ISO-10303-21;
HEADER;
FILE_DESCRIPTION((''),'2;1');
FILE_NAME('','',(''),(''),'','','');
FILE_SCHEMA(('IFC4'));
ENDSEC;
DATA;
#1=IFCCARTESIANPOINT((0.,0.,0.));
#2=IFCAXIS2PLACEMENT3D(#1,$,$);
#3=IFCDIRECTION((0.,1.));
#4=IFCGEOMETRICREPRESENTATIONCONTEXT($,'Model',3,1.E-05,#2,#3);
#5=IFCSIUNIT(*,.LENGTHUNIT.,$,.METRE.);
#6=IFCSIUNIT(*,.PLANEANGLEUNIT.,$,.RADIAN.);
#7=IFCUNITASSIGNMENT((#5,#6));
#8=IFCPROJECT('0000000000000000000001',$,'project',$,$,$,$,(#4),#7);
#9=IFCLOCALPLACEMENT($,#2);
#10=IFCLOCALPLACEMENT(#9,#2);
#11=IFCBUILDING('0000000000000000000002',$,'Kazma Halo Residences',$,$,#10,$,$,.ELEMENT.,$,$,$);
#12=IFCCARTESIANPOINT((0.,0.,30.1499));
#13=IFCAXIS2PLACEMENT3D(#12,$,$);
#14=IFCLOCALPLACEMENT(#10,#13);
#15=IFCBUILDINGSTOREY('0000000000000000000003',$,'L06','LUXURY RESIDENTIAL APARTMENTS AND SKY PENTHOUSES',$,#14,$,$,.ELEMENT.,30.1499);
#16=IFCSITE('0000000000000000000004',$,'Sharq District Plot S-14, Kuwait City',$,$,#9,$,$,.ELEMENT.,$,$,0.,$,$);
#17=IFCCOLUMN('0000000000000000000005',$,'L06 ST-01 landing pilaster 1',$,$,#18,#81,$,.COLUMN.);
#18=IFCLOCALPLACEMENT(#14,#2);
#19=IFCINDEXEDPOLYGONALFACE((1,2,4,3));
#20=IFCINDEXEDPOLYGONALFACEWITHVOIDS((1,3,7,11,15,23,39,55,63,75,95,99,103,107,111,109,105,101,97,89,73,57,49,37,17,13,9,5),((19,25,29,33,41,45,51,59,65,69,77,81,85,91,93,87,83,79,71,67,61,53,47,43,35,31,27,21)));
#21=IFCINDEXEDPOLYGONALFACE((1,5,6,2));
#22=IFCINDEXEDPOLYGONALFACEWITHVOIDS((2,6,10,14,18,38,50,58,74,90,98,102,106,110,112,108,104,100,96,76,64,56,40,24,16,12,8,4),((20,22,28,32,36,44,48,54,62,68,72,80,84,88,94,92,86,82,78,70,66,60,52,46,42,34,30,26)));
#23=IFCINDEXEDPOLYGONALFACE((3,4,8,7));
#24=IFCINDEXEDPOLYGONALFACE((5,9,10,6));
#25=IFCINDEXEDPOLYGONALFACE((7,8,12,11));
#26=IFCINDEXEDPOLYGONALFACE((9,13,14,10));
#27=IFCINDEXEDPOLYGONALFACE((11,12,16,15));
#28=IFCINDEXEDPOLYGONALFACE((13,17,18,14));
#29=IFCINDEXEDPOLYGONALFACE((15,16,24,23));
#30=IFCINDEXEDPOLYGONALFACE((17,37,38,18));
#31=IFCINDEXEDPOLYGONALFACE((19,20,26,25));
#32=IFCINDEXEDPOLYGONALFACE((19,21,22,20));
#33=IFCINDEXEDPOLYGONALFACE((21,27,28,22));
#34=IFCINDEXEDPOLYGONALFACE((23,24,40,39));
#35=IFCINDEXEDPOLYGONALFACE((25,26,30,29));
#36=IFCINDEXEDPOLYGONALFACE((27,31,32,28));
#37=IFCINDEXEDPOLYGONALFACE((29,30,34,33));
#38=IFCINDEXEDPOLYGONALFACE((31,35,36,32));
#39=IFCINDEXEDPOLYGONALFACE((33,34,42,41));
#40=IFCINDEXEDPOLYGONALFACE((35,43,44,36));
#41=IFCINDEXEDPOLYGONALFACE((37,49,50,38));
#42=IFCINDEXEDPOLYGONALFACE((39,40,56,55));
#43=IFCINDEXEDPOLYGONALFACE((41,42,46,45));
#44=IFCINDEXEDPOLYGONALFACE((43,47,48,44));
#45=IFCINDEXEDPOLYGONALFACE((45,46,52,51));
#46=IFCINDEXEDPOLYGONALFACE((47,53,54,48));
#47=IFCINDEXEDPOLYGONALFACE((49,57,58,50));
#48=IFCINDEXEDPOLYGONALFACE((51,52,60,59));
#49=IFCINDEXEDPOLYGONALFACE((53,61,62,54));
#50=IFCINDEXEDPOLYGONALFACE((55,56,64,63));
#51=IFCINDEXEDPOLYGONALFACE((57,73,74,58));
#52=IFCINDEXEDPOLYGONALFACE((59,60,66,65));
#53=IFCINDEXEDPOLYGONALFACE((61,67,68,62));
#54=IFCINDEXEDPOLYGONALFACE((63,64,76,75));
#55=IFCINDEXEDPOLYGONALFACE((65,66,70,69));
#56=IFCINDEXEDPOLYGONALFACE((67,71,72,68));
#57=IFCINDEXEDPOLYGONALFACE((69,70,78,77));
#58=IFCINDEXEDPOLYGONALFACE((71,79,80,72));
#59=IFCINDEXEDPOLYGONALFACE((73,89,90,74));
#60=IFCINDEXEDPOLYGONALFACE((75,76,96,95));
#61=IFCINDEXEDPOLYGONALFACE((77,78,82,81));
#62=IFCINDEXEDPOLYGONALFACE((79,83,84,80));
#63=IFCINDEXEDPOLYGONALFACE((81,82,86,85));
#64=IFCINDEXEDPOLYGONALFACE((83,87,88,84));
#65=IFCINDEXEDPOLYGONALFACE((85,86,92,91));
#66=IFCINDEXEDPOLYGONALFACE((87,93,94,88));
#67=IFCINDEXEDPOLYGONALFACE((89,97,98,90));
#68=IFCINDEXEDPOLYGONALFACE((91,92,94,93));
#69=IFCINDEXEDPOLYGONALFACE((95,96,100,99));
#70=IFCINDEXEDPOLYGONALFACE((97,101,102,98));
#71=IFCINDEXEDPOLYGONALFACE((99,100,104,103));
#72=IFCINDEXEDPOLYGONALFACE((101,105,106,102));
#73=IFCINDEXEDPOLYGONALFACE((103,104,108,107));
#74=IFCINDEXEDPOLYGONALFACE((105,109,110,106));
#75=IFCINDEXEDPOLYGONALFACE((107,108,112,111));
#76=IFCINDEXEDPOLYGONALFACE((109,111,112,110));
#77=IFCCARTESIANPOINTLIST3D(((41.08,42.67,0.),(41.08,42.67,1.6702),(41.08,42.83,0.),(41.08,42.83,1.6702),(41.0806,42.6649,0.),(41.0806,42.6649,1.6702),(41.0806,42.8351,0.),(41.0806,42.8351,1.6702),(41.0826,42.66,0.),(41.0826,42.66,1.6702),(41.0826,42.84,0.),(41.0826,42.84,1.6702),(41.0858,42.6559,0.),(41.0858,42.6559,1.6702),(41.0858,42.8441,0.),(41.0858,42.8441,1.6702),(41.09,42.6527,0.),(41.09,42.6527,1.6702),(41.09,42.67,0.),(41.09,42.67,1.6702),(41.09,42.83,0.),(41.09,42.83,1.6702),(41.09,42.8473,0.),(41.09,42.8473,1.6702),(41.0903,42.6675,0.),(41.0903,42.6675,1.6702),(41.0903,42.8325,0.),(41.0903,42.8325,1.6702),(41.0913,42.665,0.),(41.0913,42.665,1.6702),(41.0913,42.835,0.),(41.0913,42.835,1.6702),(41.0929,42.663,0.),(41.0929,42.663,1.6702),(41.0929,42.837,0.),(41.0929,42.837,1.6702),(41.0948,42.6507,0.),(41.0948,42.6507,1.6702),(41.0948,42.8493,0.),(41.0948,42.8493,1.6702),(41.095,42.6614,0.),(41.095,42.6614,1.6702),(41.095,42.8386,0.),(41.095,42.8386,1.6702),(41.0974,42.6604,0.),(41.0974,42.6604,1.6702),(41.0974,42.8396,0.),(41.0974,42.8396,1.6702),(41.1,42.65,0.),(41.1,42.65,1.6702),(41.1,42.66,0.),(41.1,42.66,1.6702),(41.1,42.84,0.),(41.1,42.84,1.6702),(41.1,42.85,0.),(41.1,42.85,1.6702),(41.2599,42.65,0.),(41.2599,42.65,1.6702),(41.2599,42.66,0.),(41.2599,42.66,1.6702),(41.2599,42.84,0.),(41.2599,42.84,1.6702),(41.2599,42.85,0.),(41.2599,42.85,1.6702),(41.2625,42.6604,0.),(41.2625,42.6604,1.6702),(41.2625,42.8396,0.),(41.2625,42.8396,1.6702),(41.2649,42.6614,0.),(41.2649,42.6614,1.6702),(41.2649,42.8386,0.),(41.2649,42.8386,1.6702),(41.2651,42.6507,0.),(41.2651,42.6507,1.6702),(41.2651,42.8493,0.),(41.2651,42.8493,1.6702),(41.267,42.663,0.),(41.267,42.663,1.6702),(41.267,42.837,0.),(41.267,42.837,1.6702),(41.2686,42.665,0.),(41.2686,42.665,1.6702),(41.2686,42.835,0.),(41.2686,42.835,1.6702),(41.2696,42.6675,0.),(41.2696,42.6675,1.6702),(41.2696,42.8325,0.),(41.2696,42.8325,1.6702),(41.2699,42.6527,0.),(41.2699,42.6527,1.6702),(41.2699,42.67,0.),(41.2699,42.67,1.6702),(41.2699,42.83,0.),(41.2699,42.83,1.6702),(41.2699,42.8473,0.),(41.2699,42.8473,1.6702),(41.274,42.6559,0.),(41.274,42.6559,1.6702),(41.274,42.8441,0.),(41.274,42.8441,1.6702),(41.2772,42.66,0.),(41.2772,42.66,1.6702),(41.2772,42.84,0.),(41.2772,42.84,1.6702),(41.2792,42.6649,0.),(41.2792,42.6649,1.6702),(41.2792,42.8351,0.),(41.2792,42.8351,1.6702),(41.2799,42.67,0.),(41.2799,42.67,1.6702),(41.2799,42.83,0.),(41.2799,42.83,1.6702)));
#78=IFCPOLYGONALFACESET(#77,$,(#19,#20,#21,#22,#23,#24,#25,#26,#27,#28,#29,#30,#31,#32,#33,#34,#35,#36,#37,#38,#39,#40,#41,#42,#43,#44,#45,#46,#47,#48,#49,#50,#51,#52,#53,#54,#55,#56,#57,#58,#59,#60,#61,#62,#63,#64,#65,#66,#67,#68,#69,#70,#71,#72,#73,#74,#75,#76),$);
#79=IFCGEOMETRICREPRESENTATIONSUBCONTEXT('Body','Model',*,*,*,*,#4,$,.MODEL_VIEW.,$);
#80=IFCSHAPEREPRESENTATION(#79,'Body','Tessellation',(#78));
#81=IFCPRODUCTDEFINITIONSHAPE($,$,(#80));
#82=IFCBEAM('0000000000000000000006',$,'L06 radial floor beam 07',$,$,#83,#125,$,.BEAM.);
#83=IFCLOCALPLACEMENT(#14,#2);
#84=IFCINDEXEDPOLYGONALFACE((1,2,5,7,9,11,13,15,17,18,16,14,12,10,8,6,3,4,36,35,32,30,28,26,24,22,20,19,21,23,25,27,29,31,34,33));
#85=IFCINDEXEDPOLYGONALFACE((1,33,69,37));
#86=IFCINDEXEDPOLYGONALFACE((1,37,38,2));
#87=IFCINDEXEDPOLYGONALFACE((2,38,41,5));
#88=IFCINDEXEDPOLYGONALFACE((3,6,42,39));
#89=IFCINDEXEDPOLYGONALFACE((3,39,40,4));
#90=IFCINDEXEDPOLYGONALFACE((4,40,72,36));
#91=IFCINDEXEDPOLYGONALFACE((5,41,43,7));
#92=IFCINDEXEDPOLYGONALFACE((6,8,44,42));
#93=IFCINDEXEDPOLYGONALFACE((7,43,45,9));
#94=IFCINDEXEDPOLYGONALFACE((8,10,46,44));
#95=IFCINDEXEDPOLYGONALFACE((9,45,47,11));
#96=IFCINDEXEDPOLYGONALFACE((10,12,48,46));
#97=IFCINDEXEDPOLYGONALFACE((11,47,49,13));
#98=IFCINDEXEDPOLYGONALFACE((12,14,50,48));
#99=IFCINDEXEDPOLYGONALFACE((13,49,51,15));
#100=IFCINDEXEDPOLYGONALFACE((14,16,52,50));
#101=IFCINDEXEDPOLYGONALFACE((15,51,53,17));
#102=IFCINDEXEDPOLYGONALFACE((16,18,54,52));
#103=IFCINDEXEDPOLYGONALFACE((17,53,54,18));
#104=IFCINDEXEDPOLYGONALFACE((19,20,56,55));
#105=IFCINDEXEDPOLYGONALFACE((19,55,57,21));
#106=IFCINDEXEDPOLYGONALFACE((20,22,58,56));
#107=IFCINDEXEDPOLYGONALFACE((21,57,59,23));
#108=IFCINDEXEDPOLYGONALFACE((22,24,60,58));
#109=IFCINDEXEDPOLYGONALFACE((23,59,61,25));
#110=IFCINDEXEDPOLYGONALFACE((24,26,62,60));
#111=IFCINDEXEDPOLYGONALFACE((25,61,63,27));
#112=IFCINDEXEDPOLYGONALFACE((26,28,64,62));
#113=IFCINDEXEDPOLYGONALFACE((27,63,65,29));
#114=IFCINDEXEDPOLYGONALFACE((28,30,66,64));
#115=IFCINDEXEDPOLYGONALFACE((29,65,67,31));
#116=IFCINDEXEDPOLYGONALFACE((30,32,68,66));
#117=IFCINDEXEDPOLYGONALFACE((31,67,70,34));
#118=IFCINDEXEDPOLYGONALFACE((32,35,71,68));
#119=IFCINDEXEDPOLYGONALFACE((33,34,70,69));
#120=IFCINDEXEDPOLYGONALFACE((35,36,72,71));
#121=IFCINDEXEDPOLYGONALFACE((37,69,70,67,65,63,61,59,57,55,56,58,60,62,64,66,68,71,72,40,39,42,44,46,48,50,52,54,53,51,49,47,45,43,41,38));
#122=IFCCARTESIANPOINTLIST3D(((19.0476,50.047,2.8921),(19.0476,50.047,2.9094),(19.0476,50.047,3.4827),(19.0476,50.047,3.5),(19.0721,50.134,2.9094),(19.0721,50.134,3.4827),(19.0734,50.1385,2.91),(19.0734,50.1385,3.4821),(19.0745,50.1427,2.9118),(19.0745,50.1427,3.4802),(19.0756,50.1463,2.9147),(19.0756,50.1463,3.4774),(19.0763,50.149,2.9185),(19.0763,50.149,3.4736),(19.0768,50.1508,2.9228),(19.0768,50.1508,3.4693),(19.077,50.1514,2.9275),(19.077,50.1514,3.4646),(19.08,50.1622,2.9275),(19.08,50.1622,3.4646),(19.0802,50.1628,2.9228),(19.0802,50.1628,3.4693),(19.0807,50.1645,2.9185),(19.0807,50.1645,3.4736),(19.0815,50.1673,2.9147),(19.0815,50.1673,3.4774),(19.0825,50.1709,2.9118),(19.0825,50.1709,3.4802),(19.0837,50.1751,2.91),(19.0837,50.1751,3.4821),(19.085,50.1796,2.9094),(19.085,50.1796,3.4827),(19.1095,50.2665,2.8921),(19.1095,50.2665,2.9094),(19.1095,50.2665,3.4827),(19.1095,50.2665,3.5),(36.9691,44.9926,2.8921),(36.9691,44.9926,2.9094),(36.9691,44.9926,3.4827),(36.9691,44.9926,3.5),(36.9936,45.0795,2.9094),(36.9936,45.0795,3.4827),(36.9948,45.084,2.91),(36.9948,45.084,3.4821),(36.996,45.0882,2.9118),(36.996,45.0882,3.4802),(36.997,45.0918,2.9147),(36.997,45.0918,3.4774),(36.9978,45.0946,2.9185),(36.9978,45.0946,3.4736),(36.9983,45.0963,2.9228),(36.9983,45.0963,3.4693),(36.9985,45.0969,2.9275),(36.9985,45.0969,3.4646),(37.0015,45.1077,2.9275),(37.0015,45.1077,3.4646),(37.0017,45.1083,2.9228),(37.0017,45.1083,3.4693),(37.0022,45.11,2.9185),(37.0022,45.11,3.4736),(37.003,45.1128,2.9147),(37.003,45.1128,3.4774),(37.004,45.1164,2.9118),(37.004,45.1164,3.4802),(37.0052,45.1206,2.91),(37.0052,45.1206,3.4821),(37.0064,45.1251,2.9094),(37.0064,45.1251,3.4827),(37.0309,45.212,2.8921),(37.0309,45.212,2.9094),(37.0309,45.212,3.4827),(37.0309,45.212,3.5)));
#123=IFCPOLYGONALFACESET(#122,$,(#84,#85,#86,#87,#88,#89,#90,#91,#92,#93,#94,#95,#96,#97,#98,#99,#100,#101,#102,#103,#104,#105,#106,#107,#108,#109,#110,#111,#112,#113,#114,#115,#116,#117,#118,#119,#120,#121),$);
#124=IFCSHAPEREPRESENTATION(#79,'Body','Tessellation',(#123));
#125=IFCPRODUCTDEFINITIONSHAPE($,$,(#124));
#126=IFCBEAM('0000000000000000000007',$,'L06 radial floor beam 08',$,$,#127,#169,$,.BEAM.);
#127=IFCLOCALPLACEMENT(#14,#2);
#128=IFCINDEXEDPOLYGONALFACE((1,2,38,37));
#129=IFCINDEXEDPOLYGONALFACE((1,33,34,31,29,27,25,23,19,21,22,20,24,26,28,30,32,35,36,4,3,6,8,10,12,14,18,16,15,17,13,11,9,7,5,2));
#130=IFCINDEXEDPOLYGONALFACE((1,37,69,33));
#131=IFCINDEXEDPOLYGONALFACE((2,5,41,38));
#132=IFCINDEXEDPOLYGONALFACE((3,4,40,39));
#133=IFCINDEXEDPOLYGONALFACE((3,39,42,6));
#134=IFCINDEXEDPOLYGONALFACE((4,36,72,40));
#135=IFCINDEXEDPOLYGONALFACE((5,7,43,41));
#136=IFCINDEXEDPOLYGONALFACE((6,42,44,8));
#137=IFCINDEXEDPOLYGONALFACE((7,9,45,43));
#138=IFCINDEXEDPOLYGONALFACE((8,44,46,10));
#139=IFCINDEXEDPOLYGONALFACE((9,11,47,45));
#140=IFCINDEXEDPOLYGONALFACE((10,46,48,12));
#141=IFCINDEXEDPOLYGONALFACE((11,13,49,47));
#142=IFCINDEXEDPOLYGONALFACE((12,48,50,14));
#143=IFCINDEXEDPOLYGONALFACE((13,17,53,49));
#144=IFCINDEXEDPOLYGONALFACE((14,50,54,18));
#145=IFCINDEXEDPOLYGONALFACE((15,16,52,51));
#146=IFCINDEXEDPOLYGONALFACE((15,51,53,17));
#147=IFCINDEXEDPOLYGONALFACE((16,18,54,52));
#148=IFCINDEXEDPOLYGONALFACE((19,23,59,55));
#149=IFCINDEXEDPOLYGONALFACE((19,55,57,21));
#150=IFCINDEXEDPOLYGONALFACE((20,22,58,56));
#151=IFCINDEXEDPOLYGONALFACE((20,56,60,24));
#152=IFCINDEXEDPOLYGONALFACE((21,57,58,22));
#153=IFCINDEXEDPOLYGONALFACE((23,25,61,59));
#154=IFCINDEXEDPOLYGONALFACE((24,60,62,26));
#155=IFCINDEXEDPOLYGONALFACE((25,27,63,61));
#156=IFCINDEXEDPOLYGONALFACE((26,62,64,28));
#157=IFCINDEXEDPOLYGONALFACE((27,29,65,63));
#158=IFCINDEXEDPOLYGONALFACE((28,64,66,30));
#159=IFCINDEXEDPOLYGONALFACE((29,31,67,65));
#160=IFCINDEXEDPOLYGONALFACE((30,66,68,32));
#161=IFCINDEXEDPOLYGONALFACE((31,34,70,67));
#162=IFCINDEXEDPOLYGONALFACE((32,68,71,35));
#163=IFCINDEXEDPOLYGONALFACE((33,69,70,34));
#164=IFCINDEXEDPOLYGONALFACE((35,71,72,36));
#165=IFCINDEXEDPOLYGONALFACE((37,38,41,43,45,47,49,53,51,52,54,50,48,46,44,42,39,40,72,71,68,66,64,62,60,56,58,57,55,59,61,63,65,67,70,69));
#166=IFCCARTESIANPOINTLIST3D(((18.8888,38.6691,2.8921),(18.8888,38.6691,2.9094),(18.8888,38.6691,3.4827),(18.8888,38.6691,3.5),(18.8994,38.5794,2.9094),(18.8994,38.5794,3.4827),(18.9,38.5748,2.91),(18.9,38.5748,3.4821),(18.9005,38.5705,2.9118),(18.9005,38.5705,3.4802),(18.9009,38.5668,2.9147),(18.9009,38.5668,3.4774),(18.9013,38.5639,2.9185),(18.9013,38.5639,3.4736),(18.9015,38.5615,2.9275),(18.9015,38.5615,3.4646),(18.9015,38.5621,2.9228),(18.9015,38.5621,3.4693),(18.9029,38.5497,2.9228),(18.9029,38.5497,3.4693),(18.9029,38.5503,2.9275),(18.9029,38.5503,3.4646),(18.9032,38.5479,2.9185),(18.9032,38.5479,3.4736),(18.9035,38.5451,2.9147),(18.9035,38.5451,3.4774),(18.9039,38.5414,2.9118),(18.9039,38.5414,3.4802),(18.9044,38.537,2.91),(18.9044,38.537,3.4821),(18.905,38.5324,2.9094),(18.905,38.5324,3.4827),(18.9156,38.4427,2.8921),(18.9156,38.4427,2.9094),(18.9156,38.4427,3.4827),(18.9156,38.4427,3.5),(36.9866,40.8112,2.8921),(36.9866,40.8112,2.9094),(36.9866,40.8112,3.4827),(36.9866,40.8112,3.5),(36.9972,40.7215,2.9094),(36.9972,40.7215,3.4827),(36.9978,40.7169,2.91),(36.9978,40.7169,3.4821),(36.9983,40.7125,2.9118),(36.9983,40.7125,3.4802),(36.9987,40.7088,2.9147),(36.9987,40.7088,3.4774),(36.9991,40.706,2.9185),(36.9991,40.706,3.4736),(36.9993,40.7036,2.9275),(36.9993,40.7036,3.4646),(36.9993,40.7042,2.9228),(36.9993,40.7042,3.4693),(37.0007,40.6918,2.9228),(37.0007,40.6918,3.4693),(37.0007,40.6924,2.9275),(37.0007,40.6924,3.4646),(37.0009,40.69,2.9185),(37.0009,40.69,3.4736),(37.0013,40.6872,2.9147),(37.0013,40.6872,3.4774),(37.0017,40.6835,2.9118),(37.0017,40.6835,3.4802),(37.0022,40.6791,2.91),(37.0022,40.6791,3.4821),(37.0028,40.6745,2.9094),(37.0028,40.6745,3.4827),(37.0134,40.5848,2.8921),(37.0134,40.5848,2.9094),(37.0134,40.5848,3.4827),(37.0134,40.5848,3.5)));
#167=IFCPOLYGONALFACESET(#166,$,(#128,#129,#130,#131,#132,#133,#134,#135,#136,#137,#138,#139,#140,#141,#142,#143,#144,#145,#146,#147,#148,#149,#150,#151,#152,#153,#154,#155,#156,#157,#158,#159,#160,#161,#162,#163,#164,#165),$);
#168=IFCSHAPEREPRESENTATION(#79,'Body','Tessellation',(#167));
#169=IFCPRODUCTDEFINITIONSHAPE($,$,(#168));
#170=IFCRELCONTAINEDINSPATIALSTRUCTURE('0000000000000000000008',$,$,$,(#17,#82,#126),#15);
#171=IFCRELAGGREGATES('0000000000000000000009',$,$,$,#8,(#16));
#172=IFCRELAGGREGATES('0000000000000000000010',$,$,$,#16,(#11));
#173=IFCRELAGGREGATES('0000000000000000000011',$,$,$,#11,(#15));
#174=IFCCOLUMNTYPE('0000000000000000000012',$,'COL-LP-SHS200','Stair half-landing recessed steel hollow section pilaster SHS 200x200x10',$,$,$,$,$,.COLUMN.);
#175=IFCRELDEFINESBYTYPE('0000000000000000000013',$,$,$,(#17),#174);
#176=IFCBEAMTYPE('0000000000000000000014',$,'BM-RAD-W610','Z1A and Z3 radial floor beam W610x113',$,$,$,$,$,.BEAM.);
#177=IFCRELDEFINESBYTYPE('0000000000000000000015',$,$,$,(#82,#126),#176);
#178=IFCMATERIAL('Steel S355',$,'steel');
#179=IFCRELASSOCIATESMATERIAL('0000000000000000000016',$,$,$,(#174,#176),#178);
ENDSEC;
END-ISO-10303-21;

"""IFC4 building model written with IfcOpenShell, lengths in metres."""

from ifc_helpers import new_model, si_unit, direction, frame, origin, origin_2d, place, context, subcontext, project, spatial, hollow_rectangle, i_section, extrude, material, material_profile, profile_set, type_object, element, save


model = new_model("IFC4")

# Units and contexts
model_context = context("Model", 3, precision=1e-05, world=origin(), true_north=direction((0.0, 1.0)))
body_context = subcontext(model_context, "Body", "Model", "MODEL_VIEW")
ifc_project = project(units=[si_unit("LENGTHUNIT", "METRE"), si_unit("PLANEANGLEUNIT", "RADIAN")], contexts=[model_context])

# Site, building, storey
site_placement = place(None, origin())
site = spatial("IfcSite", under=ifc_project, at=site_placement, Name="Sharq District Plot S-14, Kuwait City", CompositionType="ELEMENT", RefElevation=0.0)
building_placement = place(site_placement, origin())
building = spatial("IfcBuilding", under=site, at=building_placement, Name="Kazma Halo Residences", CompositionType="ELEMENT")
storey_placement = place(building_placement, frame((0.0, 0.0, 30.1499)))
storey = spatial("IfcBuildingStorey", under=building, at=storey_placement, Name="L06", Description="LUXURY RESIDENTIAL APARTMENTS AND SKY PENTHOUSES", CompositionType="ELEMENT", Elevation=30.1499)

# Column
ifc_material_1 = material(Name="Steel S355", Category="steel")
ifc_material_profile_1 = material_profile(ifc_material_1, hollow_rectangle(XDim=0.2, YDim=0.2, WallThickness=0.01, InnerFilletRadius=0.01, OuterFilletRadius=0.02, at=origin_2d()), Name="SHS200x200x10")
ifc_profile_set_1 = profile_set([ifc_material_profile_1], Name="Steel S355")
column_type = type_object("IfcColumnType", Name="COL-LP-SHS200", Description="Stair half-landing recessed steel hollow section pilaster SHS 200x200x10", PredefinedType="COLUMN", material=ifc_profile_set_1)
column_placement = place(storey_placement, frame((41.1799, 42.75, 0.0), z_axis=(0.0, 0.0, 1.0), x_axis=(1.0, 0.0, 0.0)))
element("IfcColumn", 1, at=column_placement, inside=storey, type_object=column_type, Name="L06 ST-01 landing pilaster 1", PredefinedType="COLUMN", context=body_context, shape_type="SweptSolid", body=[
    extrude(hollow_rectangle(XDim=0.2, YDim=0.2, WallThickness=0.01, InnerFilletRadius=0.01, OuterFilletRadius=0.02, at=origin_2d()), origin(), (0.0, 0.0, 1.0), 1.6702),
])

# Beams
ifc_material_profile_2 = material_profile(ifc_material_1, i_section(OverallWidth=0.228, OverallDepth=0.6079, WebThickness=0.0112, FlangeThickness=0.0173, FilletRadius=0.0181, at=origin_2d()), Name="W610x113")
ifc_profile_set_2 = profile_set([ifc_material_profile_2], Name="Steel S355")
beam_type_1 = type_object("IfcBeamType", Name="BM-RAD-W610", Description="Z1A and Z3 radial floor beam W610x113", PredefinedType="BEAM", material=ifc_profile_set_2)
beam_1_placement = place(storey_placement, frame((37.0, 45.1023, 3.196), z_axis=(-0.962454, 0.271445, 0.0), x_axis=(-0.271445, -0.962454, 0.0)))
element("IfcBeam", 2, at=beam_1_placement, inside=storey, type_object=beam_type_1, Name="L06 radial floor beam 07", PredefinedType="BEAM", context=body_context, shape_type="SweptSolid", body=[
    extrude(i_section(OverallWidth=0.228, OverallDepth=0.6079, WebThickness=0.0112, FlangeThickness=0.0173, FilletRadius=0.0181, at=origin_2d()), origin(), (0.0, 0.0, 1.0), 18.6206),
])
beam_2_placement = place(storey_placement, frame((37.0, 40.698, 3.196), z_axis=(-0.993068, -0.117541, 0.0), x_axis=(0.117541, -0.993068, 0.0)))
element("IfcBeam", 3, at=beam_2_placement, inside=storey, type_object=beam_type_1, Name="L06 radial floor beam 08", PredefinedType="BEAM", context=body_context, shape_type="SweptSolid", body=[
    extrude(i_section(OverallWidth=0.228, OverallDepth=0.6079, WebThickness=0.0112, FlangeThickness=0.0173, FilletRadius=0.0181, at=origin_2d()), origin(), (0.0, 0.0, 1.0), 18.2241),
])

save(model, "model.ifc")
